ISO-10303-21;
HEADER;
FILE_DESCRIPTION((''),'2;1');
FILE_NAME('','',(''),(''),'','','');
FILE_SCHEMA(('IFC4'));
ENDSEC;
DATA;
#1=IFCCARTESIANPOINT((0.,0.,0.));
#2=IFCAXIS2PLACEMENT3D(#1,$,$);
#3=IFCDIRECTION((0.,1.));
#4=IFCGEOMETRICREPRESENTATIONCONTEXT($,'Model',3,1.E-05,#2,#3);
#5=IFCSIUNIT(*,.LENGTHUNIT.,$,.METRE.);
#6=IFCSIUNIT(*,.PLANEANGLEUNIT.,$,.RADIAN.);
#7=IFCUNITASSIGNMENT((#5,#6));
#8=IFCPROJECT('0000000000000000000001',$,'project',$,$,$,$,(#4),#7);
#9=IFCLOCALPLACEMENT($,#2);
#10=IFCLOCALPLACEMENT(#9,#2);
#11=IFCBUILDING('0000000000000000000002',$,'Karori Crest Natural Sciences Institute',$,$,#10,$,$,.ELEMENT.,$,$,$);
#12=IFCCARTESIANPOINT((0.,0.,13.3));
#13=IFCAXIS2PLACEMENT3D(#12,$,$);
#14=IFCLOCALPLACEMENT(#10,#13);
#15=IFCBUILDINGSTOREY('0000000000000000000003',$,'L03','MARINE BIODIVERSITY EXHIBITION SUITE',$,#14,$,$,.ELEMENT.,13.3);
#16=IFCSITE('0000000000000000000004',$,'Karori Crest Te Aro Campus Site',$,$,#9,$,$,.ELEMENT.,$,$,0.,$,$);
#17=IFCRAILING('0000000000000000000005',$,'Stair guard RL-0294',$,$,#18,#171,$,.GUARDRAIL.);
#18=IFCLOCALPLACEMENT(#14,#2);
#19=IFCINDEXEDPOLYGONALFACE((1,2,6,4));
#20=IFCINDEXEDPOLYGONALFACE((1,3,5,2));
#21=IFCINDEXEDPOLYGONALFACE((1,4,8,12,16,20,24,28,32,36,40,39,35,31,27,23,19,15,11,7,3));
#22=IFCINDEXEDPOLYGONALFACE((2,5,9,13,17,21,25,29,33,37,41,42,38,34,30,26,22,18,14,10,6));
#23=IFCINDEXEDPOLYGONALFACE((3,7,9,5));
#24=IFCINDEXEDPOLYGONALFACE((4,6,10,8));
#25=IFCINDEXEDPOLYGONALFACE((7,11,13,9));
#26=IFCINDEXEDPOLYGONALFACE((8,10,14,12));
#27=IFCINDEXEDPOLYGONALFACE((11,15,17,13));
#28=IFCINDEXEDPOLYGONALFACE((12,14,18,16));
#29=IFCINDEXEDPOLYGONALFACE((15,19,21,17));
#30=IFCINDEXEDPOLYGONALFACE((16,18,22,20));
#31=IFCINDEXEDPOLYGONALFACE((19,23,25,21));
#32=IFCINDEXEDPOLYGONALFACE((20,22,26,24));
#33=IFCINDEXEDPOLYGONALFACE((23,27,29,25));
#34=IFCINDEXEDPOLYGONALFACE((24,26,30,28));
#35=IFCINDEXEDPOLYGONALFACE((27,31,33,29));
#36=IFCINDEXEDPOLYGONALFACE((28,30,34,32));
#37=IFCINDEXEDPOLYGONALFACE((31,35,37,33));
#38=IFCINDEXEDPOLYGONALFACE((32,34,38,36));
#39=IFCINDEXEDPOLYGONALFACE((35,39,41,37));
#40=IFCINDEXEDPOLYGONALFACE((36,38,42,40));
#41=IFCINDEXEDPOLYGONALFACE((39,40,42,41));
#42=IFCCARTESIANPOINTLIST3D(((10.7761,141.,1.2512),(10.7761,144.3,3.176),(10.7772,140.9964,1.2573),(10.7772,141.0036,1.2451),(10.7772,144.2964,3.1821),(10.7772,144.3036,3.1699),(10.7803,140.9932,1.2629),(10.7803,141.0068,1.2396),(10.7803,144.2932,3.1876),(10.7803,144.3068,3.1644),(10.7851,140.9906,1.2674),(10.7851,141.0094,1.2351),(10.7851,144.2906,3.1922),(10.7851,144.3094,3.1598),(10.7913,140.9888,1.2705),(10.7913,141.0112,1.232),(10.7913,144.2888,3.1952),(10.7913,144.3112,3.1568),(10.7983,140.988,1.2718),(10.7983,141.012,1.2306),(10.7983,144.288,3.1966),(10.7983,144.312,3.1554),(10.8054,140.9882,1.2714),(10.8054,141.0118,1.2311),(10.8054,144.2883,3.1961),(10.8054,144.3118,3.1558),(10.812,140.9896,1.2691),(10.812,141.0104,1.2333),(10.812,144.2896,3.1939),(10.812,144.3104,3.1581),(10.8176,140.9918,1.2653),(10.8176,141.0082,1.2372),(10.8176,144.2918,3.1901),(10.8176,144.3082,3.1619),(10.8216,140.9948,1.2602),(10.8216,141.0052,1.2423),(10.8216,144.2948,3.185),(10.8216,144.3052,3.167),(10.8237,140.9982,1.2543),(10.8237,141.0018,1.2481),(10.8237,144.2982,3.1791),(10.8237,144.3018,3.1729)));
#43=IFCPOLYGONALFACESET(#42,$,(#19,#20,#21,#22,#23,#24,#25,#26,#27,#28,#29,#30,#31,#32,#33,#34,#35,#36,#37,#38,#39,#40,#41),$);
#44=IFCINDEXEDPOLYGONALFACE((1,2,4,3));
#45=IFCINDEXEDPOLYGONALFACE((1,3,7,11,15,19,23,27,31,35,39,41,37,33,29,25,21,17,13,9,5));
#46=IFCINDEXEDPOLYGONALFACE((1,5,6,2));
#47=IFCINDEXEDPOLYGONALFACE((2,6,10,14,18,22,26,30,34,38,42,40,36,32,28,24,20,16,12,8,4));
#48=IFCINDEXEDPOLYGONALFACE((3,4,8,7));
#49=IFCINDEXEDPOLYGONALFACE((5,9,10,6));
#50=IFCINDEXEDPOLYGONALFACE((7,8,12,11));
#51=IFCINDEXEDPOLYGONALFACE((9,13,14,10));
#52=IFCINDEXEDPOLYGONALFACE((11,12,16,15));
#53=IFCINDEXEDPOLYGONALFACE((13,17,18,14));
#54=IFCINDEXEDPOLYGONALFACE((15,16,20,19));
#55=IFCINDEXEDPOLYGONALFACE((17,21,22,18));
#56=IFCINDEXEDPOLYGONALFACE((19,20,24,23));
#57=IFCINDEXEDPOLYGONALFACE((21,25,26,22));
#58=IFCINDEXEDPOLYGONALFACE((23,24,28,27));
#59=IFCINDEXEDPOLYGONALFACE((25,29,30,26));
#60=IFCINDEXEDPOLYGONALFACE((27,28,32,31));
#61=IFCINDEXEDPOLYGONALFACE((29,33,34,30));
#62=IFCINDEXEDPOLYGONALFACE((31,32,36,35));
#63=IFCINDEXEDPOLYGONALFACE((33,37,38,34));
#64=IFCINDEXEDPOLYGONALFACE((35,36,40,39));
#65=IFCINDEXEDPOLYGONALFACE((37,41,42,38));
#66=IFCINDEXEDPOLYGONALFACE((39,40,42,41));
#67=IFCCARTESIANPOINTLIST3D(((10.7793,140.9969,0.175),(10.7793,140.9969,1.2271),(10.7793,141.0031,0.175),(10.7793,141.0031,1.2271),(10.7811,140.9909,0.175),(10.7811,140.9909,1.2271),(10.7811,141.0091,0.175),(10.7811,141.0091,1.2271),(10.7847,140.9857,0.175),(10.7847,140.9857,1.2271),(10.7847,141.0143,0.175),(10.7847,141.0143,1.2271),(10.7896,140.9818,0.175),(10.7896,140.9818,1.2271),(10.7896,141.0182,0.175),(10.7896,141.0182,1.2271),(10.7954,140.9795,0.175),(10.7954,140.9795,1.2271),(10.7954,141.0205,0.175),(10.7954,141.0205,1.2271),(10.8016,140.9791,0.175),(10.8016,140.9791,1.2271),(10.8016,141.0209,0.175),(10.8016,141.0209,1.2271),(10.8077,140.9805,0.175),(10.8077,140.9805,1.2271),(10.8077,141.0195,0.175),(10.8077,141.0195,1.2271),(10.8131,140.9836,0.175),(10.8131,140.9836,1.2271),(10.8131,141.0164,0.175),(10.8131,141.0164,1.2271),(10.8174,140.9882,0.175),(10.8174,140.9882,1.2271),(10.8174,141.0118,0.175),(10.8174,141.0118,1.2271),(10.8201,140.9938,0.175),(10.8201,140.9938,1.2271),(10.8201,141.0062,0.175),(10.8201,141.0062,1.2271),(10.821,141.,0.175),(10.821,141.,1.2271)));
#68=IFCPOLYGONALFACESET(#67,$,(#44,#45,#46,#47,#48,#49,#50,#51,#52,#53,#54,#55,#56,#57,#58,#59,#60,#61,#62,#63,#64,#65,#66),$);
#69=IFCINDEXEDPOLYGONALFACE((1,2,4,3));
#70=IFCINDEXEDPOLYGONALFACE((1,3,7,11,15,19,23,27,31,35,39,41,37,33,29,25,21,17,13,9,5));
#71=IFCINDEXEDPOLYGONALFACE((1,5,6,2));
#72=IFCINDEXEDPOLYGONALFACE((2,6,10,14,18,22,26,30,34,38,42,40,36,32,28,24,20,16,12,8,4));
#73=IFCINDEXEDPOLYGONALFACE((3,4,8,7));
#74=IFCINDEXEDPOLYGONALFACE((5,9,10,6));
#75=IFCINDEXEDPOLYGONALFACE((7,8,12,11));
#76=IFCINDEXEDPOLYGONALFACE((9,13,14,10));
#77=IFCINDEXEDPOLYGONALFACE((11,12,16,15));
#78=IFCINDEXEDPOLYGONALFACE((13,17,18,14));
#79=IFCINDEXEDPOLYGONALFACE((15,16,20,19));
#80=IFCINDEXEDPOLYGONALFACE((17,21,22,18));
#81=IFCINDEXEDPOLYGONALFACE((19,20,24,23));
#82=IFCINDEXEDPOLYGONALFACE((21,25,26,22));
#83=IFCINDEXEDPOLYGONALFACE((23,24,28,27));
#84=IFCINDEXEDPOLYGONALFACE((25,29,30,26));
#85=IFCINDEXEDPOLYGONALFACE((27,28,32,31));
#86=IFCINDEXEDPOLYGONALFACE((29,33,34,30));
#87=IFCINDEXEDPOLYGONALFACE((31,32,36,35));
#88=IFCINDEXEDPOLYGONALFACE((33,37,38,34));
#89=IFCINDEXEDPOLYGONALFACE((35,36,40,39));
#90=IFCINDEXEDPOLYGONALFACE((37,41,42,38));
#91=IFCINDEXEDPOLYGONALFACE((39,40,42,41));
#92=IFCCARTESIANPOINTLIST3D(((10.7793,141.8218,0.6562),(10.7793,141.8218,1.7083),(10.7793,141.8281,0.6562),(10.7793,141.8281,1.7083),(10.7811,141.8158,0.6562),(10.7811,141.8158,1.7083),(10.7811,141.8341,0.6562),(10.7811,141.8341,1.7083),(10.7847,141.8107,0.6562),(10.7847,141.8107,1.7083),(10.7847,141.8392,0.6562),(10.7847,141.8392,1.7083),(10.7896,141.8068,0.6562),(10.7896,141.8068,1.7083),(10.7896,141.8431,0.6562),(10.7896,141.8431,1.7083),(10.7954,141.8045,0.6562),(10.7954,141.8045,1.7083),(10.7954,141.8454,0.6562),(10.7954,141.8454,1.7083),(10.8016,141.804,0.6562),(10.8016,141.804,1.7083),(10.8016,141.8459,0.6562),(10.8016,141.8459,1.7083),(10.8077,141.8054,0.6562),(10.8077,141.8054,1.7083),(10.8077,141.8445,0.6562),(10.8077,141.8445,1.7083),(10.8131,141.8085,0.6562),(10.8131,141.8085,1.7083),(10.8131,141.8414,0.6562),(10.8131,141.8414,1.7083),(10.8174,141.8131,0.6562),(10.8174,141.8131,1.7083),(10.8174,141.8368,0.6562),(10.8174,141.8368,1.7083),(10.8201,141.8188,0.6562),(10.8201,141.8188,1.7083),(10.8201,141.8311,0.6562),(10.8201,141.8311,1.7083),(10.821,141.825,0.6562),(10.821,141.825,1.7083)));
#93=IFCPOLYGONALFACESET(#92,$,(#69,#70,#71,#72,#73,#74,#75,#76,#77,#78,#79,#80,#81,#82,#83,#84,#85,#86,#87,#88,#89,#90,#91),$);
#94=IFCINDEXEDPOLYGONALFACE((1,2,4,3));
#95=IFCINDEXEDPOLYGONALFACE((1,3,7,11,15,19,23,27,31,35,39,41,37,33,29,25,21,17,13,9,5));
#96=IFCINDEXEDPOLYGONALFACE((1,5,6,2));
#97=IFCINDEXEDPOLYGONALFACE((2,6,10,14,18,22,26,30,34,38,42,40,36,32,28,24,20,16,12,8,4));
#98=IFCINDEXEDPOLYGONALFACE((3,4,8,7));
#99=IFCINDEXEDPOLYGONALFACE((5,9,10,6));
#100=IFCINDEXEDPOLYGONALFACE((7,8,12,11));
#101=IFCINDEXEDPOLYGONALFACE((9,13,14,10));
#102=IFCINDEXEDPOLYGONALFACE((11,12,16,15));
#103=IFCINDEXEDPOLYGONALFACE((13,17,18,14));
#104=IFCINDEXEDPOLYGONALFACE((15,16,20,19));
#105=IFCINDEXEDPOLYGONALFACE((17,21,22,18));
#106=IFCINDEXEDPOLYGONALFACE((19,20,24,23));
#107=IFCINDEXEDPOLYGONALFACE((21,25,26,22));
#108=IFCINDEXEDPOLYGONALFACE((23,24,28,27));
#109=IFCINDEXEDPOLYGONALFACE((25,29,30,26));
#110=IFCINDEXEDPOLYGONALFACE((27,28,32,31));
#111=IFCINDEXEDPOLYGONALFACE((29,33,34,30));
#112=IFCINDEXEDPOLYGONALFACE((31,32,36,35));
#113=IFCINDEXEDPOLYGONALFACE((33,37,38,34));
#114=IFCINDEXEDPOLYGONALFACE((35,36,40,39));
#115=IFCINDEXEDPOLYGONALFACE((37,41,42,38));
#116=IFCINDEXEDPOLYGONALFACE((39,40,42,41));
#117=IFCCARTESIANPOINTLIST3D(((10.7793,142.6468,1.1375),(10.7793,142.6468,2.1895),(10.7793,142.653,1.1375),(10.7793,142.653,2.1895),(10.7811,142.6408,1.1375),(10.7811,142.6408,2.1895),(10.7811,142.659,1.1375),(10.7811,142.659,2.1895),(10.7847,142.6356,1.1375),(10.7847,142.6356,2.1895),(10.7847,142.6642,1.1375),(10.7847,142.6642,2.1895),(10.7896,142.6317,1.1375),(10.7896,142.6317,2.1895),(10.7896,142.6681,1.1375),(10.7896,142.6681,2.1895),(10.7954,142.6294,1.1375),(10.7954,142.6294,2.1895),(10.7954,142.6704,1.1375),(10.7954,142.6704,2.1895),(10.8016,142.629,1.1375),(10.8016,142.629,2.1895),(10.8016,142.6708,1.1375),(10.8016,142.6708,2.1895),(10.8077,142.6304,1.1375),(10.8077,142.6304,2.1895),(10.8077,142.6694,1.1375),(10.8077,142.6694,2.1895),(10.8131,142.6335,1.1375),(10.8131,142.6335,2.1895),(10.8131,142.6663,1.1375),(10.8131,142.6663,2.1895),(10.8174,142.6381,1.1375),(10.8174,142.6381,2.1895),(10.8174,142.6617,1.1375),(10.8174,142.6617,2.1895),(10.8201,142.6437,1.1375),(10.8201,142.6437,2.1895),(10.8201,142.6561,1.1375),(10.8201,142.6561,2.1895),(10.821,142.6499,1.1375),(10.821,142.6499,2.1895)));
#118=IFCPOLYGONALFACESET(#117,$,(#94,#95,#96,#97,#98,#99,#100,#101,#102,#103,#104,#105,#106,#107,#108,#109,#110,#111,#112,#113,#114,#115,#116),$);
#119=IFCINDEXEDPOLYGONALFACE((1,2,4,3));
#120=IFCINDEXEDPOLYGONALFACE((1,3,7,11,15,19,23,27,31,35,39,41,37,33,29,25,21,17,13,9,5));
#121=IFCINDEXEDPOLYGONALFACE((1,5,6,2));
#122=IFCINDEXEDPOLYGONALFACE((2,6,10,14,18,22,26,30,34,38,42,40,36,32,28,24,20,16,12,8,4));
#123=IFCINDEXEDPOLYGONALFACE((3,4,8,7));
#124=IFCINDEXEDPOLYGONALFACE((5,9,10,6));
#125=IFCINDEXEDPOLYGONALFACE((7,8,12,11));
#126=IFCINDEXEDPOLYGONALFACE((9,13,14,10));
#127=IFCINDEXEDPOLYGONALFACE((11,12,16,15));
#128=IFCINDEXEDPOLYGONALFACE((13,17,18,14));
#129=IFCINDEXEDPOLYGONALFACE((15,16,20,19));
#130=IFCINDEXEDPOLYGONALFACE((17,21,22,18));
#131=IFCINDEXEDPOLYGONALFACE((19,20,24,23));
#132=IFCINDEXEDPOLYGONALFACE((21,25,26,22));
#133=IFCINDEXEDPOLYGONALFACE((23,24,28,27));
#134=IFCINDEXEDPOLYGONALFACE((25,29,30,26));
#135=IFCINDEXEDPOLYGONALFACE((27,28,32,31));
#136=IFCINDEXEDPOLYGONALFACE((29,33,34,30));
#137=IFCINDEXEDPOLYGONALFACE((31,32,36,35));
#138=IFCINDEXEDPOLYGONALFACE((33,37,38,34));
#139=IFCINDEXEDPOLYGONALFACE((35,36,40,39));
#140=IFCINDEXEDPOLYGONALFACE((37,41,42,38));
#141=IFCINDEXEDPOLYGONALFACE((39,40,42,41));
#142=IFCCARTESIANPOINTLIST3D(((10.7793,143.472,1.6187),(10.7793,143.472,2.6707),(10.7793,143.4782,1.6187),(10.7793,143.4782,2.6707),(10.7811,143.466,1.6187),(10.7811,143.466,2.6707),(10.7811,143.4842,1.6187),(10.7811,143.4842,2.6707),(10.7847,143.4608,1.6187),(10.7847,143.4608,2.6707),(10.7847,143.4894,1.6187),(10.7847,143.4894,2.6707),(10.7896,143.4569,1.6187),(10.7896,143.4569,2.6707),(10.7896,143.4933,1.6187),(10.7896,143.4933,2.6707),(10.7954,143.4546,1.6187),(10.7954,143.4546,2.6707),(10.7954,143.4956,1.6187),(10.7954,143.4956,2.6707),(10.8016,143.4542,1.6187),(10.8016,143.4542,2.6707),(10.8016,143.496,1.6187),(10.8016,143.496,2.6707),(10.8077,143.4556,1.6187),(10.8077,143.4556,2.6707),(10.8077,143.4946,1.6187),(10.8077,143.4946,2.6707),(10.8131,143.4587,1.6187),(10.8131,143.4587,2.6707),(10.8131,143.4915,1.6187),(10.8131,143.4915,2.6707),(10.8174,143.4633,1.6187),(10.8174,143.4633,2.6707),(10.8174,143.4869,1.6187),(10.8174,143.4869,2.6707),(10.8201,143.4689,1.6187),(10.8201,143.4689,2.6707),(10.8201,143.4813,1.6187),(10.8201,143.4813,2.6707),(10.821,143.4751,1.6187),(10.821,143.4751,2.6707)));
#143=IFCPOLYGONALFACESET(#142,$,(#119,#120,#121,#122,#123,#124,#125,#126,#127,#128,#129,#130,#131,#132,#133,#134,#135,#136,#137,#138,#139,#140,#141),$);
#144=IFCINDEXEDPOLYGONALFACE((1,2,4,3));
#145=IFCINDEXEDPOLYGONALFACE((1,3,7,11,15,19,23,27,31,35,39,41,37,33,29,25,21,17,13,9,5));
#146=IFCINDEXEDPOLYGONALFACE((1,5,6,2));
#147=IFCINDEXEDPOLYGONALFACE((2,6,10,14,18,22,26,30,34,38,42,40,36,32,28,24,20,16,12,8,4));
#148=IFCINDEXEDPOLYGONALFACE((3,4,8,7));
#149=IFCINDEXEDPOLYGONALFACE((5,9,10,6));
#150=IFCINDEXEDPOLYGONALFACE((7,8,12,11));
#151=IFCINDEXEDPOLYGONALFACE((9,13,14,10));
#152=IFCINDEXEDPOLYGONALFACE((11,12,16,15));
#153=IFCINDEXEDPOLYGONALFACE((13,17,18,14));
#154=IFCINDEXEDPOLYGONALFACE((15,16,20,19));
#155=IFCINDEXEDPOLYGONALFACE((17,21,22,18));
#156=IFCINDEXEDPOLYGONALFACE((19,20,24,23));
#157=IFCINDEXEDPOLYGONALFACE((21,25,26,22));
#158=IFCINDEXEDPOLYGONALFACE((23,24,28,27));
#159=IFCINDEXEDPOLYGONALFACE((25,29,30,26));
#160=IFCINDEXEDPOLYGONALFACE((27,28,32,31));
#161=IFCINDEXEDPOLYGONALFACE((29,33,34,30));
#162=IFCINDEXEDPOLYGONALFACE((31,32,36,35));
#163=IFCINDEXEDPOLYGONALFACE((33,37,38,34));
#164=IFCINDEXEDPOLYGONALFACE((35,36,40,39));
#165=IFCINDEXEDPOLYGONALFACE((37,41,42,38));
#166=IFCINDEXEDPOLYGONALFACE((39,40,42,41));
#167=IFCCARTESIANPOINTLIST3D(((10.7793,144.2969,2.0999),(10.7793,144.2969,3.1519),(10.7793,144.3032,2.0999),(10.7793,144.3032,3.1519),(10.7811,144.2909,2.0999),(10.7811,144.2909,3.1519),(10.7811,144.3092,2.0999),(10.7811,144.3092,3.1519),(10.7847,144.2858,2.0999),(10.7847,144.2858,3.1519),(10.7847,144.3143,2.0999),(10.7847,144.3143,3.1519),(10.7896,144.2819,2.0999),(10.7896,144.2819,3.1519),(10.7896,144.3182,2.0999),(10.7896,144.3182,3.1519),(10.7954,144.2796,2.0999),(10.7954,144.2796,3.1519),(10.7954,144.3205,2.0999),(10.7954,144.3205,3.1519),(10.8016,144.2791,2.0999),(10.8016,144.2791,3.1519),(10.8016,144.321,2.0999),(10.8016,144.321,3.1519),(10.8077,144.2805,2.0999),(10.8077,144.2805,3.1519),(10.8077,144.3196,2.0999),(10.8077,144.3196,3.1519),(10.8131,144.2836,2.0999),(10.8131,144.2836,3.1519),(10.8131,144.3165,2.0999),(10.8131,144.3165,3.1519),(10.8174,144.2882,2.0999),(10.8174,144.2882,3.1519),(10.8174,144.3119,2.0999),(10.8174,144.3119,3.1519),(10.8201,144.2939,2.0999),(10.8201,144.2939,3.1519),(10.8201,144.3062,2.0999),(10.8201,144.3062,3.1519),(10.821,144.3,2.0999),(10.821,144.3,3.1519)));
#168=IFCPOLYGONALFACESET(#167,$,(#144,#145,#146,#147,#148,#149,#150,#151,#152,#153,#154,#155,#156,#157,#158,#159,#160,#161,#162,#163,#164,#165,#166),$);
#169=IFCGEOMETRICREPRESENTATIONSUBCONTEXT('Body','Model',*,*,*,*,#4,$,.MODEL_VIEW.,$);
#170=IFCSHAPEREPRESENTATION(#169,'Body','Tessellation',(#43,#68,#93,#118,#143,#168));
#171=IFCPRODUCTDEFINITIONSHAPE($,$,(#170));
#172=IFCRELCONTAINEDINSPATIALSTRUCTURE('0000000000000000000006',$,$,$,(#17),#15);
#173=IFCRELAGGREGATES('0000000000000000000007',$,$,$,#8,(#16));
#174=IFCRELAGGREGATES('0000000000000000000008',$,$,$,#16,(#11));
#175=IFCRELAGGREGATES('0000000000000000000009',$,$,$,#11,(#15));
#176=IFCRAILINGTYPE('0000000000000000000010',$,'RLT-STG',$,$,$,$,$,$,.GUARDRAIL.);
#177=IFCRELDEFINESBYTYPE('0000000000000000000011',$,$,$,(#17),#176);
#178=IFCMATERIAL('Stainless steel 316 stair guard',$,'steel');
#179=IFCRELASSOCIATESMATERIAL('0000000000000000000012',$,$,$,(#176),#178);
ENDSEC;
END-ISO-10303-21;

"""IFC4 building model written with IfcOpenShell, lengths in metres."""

from ifc_helpers import new_model, si_unit, direction, frame, origin, origin_2d, place, context, subcontext, project, spatial, circle, extrude, material, type_object, element, save


model = new_model("IFC4")

# Units and contexts
model_context = context("Model", 3, precision=1e-05, world=origin(), true_north=direction((0.0, 1.0)))
body_context = subcontext(model_context, "Body", "Model", "MODEL_VIEW")
ifc_project = project(units=[si_unit("LENGTHUNIT", "METRE"), si_unit("PLANEANGLEUNIT", "RADIAN")], contexts=[model_context])

# Site, building, storey
site_placement = place(None, origin())
site = spatial("IfcSite", under=ifc_project, at=site_placement, Name="Karori Crest Te Aro Campus Site", CompositionType="ELEMENT", RefElevation=0.0)
building_placement = place(site_placement, origin())
building = spatial("IfcBuilding", under=site, at=building_placement, Name="Karori Crest Natural Sciences Institute", CompositionType="ELEMENT")
storey_placement = place(building_placement, frame((0.0, 0.0, 13.3)))
storey = spatial("IfcBuildingStorey", under=building, at=storey_placement, Name="L03", Description="MARINE BIODIVERSITY EXHIBITION SUITE", CompositionType="ELEMENT", Elevation=13.3)

# Railing
ifc_material_1 = material(Name="Stainless steel 316 stair guard", Category="steel")
railing_type_1 = type_object("IfcRailingType", Name="RLT-STG", PredefinedType="GUARDRAIL", material=ifc_material_1)
railing_1_placement = place(storey_placement, frame((10.8, 141.0, 0.175)))
element("IfcRailing", 1, at=railing_1_placement, inside=storey, type_object=railing_type_1, Name="Stair guard RL-0294", PredefinedType="GUARDRAIL", context=body_context, shape_type="SweptSolid", body=[
    extrude(circle(Radius=0.0239, at=origin_2d()), frame((0.0, 0.0, 1.0762), z_axis=(0.0, 0.863804, 0.503827), x_axis=(-1.0, 0.0, 0.0)), (0.0, 0.0, 1.0), 3.8203),
    extrude(circle(Radius=0.021, at=origin_2d()), origin(), (0.0, 0.0, 1.0), 1.052),
    extrude(circle(Radius=0.021, at=origin_2d()), frame((0.0, 0.825, 0.4812)), (0.0, 0.0, 1.0), 1.052),
    extrude(circle(Radius=0.021, at=origin_2d()), frame((0.0, 1.6499, 0.9624)), (0.0, 0.0, 1.0), 1.052),
    extrude(circle(Radius=0.021, at=origin_2d()), frame((0.0, 2.4751, 1.4436)), (0.0, 0.0, 1.0), 1.052),
    extrude(circle(Radius=0.021, at=origin_2d()), frame((0.0, 3.3, 1.9248)), (0.0, 0.0, 1.0), 1.052),
])

save(model, "model.ifc")
